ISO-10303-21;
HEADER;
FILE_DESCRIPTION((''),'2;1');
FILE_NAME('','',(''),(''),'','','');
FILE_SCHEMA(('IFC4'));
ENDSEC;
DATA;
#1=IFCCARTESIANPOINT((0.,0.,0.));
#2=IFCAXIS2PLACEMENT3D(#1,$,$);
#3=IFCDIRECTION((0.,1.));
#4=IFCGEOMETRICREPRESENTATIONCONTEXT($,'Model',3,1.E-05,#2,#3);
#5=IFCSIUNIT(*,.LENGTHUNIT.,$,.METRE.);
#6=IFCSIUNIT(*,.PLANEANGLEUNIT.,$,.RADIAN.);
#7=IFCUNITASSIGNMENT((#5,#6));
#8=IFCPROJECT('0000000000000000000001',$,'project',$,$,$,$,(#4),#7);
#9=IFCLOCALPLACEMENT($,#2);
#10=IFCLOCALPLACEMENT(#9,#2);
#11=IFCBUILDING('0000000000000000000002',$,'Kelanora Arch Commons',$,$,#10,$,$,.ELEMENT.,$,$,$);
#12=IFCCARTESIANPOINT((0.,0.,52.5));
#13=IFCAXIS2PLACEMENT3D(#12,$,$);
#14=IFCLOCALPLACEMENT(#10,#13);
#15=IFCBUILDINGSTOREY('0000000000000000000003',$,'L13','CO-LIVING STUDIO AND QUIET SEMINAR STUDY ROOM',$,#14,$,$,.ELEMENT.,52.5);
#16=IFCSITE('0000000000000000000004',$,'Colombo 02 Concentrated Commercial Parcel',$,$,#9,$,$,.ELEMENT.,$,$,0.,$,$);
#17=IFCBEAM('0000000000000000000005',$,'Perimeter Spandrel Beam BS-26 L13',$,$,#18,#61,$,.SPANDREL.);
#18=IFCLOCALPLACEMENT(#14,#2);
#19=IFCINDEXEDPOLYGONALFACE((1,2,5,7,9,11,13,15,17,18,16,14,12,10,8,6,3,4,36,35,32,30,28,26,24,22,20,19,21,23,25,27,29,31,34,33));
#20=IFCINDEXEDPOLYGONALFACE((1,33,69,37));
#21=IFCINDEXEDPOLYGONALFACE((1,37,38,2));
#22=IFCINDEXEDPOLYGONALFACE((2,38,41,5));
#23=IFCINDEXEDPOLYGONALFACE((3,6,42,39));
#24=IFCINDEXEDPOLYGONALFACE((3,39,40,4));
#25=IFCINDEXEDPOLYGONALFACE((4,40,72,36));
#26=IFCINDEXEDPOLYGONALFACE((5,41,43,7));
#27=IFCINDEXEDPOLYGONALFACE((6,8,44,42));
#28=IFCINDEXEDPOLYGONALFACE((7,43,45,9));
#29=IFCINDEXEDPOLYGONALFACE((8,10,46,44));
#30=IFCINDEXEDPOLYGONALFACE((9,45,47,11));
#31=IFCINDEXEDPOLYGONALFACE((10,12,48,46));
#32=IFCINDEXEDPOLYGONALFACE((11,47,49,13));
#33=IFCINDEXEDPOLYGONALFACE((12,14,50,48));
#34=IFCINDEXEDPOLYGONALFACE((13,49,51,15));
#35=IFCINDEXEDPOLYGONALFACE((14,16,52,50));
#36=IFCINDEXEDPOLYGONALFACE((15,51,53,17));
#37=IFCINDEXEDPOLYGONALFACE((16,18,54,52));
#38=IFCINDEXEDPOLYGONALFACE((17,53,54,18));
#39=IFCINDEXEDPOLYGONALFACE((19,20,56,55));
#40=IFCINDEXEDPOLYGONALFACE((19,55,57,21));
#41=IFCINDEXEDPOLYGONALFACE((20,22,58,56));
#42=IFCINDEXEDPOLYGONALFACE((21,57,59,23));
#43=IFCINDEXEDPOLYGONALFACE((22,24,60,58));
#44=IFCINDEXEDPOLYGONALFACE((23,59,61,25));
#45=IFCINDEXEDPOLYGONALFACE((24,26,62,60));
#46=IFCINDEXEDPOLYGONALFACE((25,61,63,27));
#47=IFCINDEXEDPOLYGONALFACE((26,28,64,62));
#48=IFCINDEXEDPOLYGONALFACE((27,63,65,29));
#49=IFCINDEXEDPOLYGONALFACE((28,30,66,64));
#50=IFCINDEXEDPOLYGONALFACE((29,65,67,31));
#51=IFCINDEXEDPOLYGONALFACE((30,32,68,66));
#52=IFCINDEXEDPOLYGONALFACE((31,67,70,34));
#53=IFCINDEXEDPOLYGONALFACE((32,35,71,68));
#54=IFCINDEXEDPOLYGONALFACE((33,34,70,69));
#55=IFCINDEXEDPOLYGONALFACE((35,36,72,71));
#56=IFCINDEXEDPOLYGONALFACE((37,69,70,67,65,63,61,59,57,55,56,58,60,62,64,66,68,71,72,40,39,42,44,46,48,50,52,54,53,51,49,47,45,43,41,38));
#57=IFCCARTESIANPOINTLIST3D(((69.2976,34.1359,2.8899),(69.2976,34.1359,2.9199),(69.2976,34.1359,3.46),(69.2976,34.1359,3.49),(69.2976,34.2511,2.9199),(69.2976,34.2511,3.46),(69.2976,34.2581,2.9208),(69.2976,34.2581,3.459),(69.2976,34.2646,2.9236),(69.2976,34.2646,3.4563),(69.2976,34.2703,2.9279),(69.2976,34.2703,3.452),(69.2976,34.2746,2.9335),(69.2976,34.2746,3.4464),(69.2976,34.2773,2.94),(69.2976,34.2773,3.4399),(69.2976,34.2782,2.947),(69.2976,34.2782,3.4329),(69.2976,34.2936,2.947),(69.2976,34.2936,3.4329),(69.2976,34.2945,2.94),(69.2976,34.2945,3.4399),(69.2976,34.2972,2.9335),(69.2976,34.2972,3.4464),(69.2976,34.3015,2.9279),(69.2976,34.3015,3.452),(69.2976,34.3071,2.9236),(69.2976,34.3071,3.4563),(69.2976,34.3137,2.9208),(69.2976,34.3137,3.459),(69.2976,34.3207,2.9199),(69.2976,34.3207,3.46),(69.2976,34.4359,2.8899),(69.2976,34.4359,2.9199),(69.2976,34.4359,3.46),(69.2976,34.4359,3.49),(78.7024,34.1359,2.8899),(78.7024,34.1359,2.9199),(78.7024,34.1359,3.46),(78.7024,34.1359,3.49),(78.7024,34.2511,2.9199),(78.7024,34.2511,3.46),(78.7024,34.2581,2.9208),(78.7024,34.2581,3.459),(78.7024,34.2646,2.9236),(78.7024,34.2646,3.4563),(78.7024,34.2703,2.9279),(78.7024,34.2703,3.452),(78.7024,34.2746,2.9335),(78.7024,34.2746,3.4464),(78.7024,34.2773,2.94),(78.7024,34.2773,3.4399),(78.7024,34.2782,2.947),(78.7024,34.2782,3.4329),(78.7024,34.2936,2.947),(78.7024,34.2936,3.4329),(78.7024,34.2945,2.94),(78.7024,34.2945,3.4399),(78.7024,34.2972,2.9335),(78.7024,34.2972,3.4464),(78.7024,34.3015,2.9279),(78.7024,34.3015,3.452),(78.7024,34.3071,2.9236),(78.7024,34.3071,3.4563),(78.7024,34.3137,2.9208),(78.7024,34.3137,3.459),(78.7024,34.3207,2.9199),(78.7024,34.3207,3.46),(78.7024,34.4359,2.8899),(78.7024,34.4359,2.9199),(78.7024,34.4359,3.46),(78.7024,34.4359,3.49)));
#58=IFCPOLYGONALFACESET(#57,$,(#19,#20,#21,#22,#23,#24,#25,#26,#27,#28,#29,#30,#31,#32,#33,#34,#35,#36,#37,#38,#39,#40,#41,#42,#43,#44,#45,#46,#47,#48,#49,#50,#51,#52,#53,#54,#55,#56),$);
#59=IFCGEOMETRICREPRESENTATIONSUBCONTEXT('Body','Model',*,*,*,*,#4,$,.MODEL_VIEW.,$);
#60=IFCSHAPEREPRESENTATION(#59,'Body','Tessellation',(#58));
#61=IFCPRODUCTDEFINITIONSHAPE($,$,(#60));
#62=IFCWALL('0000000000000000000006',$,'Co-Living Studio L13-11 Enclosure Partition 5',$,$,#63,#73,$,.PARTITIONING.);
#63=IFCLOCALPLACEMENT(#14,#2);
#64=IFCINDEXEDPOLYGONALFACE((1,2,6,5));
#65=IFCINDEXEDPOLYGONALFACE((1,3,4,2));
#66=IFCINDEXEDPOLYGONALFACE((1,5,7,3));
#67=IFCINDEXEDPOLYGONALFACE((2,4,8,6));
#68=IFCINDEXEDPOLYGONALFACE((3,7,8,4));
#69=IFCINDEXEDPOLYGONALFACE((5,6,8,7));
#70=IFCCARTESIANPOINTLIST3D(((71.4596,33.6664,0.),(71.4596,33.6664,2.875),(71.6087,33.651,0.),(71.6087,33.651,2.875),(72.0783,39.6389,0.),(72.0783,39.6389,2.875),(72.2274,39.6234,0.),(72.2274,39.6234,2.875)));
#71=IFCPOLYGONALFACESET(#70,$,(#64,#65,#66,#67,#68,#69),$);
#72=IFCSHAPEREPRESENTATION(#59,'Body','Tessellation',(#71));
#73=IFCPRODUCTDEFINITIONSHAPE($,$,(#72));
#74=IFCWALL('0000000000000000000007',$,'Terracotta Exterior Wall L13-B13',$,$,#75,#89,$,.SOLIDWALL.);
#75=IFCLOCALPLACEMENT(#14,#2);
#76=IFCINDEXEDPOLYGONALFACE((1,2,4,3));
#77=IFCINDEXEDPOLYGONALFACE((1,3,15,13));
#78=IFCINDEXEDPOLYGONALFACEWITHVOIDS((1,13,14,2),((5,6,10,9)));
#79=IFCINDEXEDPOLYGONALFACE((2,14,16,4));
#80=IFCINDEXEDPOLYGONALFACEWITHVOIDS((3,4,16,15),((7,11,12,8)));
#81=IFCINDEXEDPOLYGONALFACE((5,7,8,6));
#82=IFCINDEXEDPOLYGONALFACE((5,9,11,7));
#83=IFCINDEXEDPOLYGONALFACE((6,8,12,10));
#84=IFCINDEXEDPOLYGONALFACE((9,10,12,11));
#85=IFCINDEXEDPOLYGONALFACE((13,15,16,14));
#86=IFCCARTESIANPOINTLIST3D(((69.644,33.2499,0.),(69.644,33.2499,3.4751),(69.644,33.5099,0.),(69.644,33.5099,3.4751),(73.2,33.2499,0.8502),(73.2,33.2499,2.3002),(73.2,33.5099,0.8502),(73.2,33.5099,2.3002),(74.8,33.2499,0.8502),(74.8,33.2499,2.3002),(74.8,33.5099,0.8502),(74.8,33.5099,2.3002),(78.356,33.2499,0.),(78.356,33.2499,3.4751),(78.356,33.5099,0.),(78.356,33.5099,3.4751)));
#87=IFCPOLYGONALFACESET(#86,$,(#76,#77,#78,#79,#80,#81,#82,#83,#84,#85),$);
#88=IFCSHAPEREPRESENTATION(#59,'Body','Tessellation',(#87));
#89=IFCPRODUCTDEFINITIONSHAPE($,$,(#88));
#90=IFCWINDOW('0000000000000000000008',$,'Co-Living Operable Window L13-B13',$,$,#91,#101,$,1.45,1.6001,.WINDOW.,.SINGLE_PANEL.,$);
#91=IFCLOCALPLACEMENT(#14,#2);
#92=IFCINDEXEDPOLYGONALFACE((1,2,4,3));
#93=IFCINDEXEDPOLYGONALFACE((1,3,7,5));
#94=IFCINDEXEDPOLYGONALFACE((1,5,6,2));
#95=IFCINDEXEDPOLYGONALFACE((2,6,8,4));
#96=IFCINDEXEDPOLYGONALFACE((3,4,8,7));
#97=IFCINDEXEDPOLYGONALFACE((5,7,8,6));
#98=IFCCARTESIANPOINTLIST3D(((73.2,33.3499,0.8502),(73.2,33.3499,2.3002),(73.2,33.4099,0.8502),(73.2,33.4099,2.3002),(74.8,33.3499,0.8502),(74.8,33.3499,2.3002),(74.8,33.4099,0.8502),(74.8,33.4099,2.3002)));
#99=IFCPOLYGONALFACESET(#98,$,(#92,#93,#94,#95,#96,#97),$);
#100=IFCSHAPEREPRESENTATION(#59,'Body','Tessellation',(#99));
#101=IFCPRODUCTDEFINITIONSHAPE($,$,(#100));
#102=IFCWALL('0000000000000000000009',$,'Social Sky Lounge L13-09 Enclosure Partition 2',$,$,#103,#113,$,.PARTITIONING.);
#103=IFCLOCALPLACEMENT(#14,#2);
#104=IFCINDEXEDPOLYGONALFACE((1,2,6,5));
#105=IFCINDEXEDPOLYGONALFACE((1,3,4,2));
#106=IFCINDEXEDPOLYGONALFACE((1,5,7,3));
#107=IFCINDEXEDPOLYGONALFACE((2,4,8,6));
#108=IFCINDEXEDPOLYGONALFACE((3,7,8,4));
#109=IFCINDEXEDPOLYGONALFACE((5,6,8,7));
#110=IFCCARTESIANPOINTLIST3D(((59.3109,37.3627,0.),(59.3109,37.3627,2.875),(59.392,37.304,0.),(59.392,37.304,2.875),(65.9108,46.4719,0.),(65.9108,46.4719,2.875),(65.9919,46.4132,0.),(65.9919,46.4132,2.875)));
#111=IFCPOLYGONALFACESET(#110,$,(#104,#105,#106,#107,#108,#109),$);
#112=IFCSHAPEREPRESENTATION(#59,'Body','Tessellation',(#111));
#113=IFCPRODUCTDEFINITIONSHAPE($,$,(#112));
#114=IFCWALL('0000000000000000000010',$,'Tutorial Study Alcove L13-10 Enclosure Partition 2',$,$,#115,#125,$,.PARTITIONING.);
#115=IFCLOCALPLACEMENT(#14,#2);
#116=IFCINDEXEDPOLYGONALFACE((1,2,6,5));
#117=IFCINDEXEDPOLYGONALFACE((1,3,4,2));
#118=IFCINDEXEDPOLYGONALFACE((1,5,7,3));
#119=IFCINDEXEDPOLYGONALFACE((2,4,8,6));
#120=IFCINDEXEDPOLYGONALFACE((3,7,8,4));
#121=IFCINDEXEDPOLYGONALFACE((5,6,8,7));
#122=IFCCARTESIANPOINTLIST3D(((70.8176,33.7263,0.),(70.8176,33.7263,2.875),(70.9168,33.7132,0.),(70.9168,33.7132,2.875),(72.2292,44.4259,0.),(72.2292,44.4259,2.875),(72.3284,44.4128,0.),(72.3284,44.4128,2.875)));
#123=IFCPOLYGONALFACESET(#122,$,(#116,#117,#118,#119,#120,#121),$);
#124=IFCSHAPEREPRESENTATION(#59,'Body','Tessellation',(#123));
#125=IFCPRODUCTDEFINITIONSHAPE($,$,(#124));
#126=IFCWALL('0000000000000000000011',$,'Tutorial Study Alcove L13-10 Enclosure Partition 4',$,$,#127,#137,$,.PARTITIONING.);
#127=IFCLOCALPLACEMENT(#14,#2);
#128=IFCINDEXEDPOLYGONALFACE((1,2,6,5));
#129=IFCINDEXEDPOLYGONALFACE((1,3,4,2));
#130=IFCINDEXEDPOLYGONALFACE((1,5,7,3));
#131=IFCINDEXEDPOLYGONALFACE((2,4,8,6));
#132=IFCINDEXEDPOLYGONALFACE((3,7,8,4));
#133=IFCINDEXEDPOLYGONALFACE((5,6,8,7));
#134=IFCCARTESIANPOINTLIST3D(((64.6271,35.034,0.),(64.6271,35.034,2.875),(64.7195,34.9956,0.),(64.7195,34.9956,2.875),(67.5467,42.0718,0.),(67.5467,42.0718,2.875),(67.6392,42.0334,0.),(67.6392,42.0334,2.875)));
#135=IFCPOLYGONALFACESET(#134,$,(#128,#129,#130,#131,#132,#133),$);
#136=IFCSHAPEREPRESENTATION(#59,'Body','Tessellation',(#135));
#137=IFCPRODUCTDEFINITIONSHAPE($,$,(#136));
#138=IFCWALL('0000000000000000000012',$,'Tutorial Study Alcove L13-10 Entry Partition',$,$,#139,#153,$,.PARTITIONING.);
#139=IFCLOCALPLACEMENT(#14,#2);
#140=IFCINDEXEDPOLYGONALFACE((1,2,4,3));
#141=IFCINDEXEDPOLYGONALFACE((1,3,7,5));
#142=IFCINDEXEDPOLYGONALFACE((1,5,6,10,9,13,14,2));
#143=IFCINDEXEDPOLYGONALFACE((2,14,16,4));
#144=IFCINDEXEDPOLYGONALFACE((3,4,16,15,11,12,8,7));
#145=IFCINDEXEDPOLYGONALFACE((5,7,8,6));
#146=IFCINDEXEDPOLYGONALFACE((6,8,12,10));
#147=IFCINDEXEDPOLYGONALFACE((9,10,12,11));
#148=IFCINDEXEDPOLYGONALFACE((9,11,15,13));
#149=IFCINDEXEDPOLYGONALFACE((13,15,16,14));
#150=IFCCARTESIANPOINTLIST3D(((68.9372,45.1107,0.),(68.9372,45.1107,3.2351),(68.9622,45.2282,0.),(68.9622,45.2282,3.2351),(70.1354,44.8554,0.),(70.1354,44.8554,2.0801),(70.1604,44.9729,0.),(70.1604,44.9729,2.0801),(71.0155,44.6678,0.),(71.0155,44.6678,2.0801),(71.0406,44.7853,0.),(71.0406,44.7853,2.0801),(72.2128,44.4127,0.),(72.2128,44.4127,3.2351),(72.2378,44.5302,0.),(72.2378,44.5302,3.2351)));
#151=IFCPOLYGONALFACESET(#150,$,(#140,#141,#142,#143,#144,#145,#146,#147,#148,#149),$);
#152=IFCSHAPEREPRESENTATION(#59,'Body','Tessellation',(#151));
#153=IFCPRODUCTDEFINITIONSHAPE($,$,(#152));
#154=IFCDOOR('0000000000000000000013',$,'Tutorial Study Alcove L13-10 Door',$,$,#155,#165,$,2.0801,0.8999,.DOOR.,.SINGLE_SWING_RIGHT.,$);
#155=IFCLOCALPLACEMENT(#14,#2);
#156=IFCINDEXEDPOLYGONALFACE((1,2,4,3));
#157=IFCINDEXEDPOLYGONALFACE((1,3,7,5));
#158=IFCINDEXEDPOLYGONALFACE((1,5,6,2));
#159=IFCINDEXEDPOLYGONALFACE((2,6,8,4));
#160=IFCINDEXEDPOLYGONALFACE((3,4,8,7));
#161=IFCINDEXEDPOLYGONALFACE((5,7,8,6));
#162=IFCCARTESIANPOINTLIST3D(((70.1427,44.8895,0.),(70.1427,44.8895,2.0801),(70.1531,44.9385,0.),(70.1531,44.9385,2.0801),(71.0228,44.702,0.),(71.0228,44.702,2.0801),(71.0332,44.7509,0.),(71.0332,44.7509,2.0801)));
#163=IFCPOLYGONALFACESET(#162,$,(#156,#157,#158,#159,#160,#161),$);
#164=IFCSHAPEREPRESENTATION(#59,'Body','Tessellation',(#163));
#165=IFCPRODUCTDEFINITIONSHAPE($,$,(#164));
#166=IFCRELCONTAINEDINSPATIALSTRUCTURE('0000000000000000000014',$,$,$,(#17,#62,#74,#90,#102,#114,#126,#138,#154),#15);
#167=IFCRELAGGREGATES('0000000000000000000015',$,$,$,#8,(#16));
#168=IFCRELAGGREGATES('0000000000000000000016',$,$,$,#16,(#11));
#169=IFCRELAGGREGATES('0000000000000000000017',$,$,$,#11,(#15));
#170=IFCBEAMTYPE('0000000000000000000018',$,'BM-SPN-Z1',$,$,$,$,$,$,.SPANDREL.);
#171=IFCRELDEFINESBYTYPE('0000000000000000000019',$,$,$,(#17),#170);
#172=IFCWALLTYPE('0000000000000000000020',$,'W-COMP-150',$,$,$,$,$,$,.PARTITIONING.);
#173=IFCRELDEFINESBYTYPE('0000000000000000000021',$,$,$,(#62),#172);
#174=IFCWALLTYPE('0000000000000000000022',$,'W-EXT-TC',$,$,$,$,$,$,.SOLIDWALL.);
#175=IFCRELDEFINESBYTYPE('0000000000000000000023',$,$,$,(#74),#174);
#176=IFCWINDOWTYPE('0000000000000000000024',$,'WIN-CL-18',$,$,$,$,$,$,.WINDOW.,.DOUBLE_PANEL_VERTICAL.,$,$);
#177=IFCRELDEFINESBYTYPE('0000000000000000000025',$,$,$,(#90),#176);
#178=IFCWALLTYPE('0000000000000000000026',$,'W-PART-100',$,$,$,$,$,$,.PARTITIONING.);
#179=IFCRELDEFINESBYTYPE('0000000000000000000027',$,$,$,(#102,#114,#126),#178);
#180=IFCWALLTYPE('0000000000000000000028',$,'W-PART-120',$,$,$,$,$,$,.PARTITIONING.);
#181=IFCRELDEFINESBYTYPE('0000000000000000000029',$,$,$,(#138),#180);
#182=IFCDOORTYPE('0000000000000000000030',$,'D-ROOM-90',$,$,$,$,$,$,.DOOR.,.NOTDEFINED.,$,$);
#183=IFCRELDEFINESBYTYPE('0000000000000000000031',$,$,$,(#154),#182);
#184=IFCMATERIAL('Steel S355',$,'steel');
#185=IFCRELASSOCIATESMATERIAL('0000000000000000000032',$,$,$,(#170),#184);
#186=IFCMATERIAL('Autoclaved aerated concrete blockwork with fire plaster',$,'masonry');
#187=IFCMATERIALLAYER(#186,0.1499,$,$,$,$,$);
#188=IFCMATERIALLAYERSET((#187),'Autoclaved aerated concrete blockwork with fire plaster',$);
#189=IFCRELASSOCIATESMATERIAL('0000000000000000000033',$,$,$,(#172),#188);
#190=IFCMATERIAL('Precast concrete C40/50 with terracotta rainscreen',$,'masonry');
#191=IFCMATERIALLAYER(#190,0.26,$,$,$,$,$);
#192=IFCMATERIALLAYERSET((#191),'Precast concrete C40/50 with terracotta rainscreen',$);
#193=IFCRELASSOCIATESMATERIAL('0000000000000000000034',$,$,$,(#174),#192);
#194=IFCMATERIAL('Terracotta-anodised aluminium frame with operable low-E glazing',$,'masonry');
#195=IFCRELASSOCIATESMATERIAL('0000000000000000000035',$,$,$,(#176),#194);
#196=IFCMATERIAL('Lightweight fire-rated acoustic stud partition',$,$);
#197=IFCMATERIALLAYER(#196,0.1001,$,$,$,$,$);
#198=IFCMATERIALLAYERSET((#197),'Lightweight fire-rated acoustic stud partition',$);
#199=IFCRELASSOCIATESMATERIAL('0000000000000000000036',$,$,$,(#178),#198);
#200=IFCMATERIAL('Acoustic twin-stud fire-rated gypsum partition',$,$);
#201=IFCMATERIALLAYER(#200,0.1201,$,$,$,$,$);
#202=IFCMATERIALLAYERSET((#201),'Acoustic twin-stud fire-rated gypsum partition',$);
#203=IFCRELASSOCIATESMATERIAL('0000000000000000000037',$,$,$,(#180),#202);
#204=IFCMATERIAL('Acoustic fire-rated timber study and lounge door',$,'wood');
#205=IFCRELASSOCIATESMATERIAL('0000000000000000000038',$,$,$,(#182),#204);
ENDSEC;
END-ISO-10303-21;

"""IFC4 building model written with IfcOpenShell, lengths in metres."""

from ifc_helpers import new_model, si_unit, direction, frame, frame_2d, origin, origin_2d, place, context, subcontext, project, spatial, rectangle, i_section, extrude, material, layer, layer_set, material_profile, profile_set, type_object, element, fill, save


model = new_model("IFC4")

# Units and contexts
model_context = context("Model", 3, precision=1e-05, world=origin(), true_north=direction((0.0, 1.0)))
body_context = subcontext(model_context, "Body", "Model", "MODEL_VIEW")
ifc_project = project(units=[si_unit("LENGTHUNIT", "METRE"), si_unit("PLANEANGLEUNIT", "RADIAN")], contexts=[model_context])

# Site, building, storey
site_placement = place(None, origin())
site = spatial("IfcSite", under=ifc_project, at=site_placement, Name="Colombo 02 Concentrated Commercial Parcel", CompositionType="ELEMENT", RefElevation=0.0)
building_placement = place(site_placement, origin())
building = spatial("IfcBuilding", under=site, at=building_placement, Name="Kelanora Arch Commons", CompositionType="ELEMENT")
storey_placement = place(building_placement, frame((0.0, 0.0, 52.5)))
storey = spatial("IfcBuildingStorey", under=building, at=storey_placement, Name="L13", Description="CO-LIVING STUDIO AND QUIET SEMINAR STUDY ROOM", CompositionType="ELEMENT", Elevation=52.5)

# Beam
ifc_material_1 = material(Name="Steel S355", Category="steel")
ifc_material_profile_1 = material_profile(ifc_material_1, i_section(OverallWidth=0.3, OverallDepth=0.6001, WebThickness=0.0154, FlangeThickness=0.03, FilletRadius=0.0271, at=origin_2d()), Name="HEB600")
ifc_profile_set_1 = profile_set([ifc_material_profile_1], Name="Steel S355")
beam_type_1 = type_object("IfcBeamType", Name="BM-SPN-Z1", PredefinedType="SPANDREL", material=ifc_profile_set_1)
beam_1_placement = place(storey_placement, frame((69.2976, 34.2859, 3.1899), z_axis=(1.0, 0.0, 0.0), x_axis=(0.0, 1.0, 0.0)))
element("IfcBeam", 1, at=beam_1_placement, inside=storey, type_object=beam_type_1, Name="Perimeter Spandrel Beam BS-26 L13", PredefinedType="SPANDREL", context=body_context, shape_type="SweptSolid", body=[
    extrude(i_section(OverallWidth=0.3, OverallDepth=0.6001, WebThickness=0.0154, FlangeThickness=0.03, FilletRadius=0.0271, at=origin_2d()), origin(), (0.0, 0.0, 1.0), 9.4048),
])

# Wall
ifc_material_2 = material(Name="Autoclaved aerated concrete blockwork with fire plaster", Category="masonry")
ifc_layer_1 = layer(ifc_material_2, 0.1499)
ifc_layer_set_1 = layer_set([ifc_layer_1], Name="Autoclaved aerated concrete blockwork with fire plaster")
wall_type_1 = type_object("IfcWallType", Name="W-COMP-150", PredefinedType="PARTITIONING", material=ifc_layer_set_1)
wall_1_placement = place(storey_placement, frame((71.5342, 33.6587, 0.0), z_axis=(0.0, 0.0, 1.0), x_axis=(0.103034, 0.994678, 0.0)))
element("IfcWall", 2, at=wall_1_placement, inside=storey, type_object=wall_type_1, Name="Co-Living Studio L13-11 Enclosure Partition 5", PredefinedType="PARTITIONING", context=body_context, shape_type="SweptSolid", body=[
    extrude(rectangle(XDim=6.0044, YDim=0.1499, at=frame_2d((3.0022, 0.0))), origin(), (0.0, 0.0, 1.0), 2.875),
])

# Wall, opening, window
ifc_material_3 = material(Name="Precast concrete C40/50 with terracotta rainscreen", Category="masonry")
ifc_layer_2 = layer(ifc_material_3, 0.26)
ifc_layer_set_2 = layer_set([ifc_layer_2], Name="Precast concrete C40/50 with terracotta rainscreen")
wall_type_2 = type_object("IfcWallType", Name="W-EXT-TC", PredefinedType="SOLIDWALL", material=ifc_layer_set_2)
wall_2_placement = place(storey_placement, frame((69.644, 33.3799, 0.0), z_axis=(0.0, 0.0, 1.0), x_axis=(1.0, 0.0, 0.0)))
wall_2 = element("IfcWall", 3, at=wall_2_placement, inside=storey, type_object=wall_type_2, Name="Terracotta Exterior Wall L13-B13", PredefinedType="SOLIDWALL", context=body_context, shape_type="SweptSolid", body=[
    extrude(rectangle(XDim=8.7119, YDim=0.26, at=frame_2d((4.356, 0.0))), origin(), (0.0, 0.0, 1.0), 3.4751),
])
opening_1_placement = place(wall_2_placement, frame((3.5559, 0.0, 0.8501)))
opening_1 = element("IfcOpeningElement", 4, at=opening_1_placement, cuts=wall_2, PredefinedType="OPENING", context=body_context, shape_type="SweptSolid", body=[
    extrude(rectangle(XDim=1.6001, YDim=1.45, at=frame_2d((0.8, 0.7251))), frame((0.0, 0.1401, 0.0), z_axis=(0.0, -1.0, 0.0), x_axis=(1.0, 0.0, 0.0)), (0.0, 0.0, 1.0), 0.28),
])
ifc_material_4 = material(Name="Terracotta-anodised aluminium frame with operable low-E glazing", Category="masonry")
window_type = type_object("IfcWindowType", Name="WIN-CL-18", PartitioningType="DOUBLE_PANEL_VERTICAL", PredefinedType="WINDOW", material=ifc_material_4)
window_placement = place(opening_1_placement, origin())
window = element("IfcWindow", 5, at=window_placement, inside=storey, type_object=window_type, Name="Co-Living Operable Window L13-B13", OverallHeight=1.45, OverallWidth=1.6001, PartitioningType="SINGLE_PANEL", PredefinedType="WINDOW", context=body_context, shape_type="SweptSolid", body=[
    extrude(rectangle(XDim=1.6001, YDim=1.45, at=frame_2d((0.8, 0.7251))), frame((0.0, 0.03, 0.0), z_axis=(0.0, -1.0, 0.0), x_axis=(1.0, 0.0, 0.0)), (0.0, 0.0, 1.0), 0.0601),
])
fill(opening_1, window)

# Walls
ifc_material_5 = material(Name="Lightweight fire-rated acoustic stud partition")
ifc_layer_3 = layer(ifc_material_5, 0.1001)
ifc_layer_set_3 = layer_set([ifc_layer_3], Name="Lightweight fire-rated acoustic stud partition")
wall_type_3 = type_object("IfcWallType", Name="W-PART-100", PredefinedType="PARTITIONING", material=ifc_layer_set_3)
wall_3_placement = place(storey_placement, frame((65.9514, 46.4426, 0.0), z_axis=(0.0, 0.0, 1.0), x_axis=(-0.586719, -0.809791, 0.0)))
element("IfcWall", 6, at=wall_3_placement, inside=storey, type_object=wall_type_3, Name="Social Sky Lounge L13-09 Enclosure Partition 2", PredefinedType="PARTITIONING", context=body_context, shape_type="SweptSolid", body=[
    extrude(rectangle(XDim=11.2488, YDim=0.1001, at=frame_2d((5.6245, 0.0))), origin(), (0.0, 0.0, 1.0), 2.875),
])
wall_4_placement = place(storey_placement, frame((72.2788, 44.4192, 0.0), z_axis=(0.0, 0.0, 1.0), x_axis=(-0.1308, -0.991409, 0.0)))
element("IfcWall", 7, at=wall_4_placement, inside=storey, type_object=wall_type_3, Name="Tutorial Study Alcove L13-10 Enclosure Partition 2", PredefinedType="PARTITIONING", context=body_context, shape_type="SweptSolid", body=[
    extrude(rectangle(XDim=10.7922, YDim=0.1001, at=frame_2d((5.396, 0.0))), origin(), (0.0, 0.0, 1.0), 2.875),
])
wall_5_placement = place(storey_placement, frame((64.6733, 35.0149, 0.0), z_axis=(0.0, 0.0, 1.0), x_axis=(0.383188, 0.92367, 0.0)))
element("IfcWall", 8, at=wall_5_placement, inside=storey, type_object=wall_type_3, Name="Tutorial Study Alcove L13-10 Enclosure Partition 4", PredefinedType="PARTITIONING", context=body_context, shape_type="SweptSolid", body=[
    extrude(rectangle(XDim=7.6194, YDim=0.1001, at=frame_2d((3.8096, 0.0))), origin(), (0.0, 0.0, 1.0), 2.875),
])

# Wall, opening, door
ifc_material_6 = material(Name="Acoustic twin-stud fire-rated gypsum partition")
ifc_layer_4 = layer(ifc_material_6, 0.1201)
ifc_layer_set_4 = layer_set([ifc_layer_4], Name="Acoustic twin-stud fire-rated gypsum partition")
wall_type_4 = type_object("IfcWallType", Name="W-PART-120", PredefinedType="PARTITIONING", material=ifc_layer_set_4)
wall_6_placement = place(storey_placement, frame((68.9497, 45.1694, 0.0), z_axis=(0.0, 0.0, 1.0), x_axis=(0.978042, -0.208409, 0.0)))
wall_6 = element("IfcWall", 9, at=wall_6_placement, inside=storey, type_object=wall_type_4, Name="Tutorial Study Alcove L13-10 Entry Partition", PredefinedType="PARTITIONING", context=body_context, shape_type="SweptSolid", body=[
    extrude(rectangle(XDim=3.3491, YDim=0.1201, at=frame_2d((1.6746, 0.0))), origin(), (0.0, 0.0, 1.0), 3.2351),
])
opening_2_placement = place(wall_6_placement, frame((1.2251, 0.0, 0.0)))
opening_2 = element("IfcOpeningElement", 10, at=opening_2_placement, cuts=wall_6, PredefinedType="OPENING", context=body_context, shape_type="SweptSolid", body=[
    extrude(rectangle(XDim=0.8999, YDim=2.0801, at=frame_2d((0.45, 1.04))), frame((0.0, 0.0701, 0.0), z_axis=(0.0, -1.0, 0.0), x_axis=(1.0, 0.0, 0.0)), (0.0, 0.0, 1.0), 0.1401),
])
ifc_material_7 = material(Name="Acoustic fire-rated timber study and lounge door", Category="wood")
door_type_1 = type_object("IfcDoorType", Name="D-ROOM-90", OperationType="NOTDEFINED", PredefinedType="DOOR", material=ifc_material_7)
door_1_placement = place(opening_2_placement, origin())
door_1 = element("IfcDoor", 11, at=door_1_placement, inside=storey, type_object=door_type_1, Name="Tutorial Study Alcove L13-10 Door", OperationType="SINGLE_SWING_RIGHT", OverallHeight=2.0801, OverallWidth=0.8999, PredefinedType="DOOR", context=body_context, shape_type="SweptSolid", body=[
    extrude(rectangle(XDim=0.8999, YDim=2.0801, at=frame_2d((0.45, 1.04))), frame((0.0, 0.0249, 0.0), z_axis=(0.0, -1.0, 0.0), x_axis=(1.0, 0.0, 0.0)), (0.0, 0.0, 1.0), 0.05),
])
fill(opening_2, door_1)

save(model, "model.ifc")
